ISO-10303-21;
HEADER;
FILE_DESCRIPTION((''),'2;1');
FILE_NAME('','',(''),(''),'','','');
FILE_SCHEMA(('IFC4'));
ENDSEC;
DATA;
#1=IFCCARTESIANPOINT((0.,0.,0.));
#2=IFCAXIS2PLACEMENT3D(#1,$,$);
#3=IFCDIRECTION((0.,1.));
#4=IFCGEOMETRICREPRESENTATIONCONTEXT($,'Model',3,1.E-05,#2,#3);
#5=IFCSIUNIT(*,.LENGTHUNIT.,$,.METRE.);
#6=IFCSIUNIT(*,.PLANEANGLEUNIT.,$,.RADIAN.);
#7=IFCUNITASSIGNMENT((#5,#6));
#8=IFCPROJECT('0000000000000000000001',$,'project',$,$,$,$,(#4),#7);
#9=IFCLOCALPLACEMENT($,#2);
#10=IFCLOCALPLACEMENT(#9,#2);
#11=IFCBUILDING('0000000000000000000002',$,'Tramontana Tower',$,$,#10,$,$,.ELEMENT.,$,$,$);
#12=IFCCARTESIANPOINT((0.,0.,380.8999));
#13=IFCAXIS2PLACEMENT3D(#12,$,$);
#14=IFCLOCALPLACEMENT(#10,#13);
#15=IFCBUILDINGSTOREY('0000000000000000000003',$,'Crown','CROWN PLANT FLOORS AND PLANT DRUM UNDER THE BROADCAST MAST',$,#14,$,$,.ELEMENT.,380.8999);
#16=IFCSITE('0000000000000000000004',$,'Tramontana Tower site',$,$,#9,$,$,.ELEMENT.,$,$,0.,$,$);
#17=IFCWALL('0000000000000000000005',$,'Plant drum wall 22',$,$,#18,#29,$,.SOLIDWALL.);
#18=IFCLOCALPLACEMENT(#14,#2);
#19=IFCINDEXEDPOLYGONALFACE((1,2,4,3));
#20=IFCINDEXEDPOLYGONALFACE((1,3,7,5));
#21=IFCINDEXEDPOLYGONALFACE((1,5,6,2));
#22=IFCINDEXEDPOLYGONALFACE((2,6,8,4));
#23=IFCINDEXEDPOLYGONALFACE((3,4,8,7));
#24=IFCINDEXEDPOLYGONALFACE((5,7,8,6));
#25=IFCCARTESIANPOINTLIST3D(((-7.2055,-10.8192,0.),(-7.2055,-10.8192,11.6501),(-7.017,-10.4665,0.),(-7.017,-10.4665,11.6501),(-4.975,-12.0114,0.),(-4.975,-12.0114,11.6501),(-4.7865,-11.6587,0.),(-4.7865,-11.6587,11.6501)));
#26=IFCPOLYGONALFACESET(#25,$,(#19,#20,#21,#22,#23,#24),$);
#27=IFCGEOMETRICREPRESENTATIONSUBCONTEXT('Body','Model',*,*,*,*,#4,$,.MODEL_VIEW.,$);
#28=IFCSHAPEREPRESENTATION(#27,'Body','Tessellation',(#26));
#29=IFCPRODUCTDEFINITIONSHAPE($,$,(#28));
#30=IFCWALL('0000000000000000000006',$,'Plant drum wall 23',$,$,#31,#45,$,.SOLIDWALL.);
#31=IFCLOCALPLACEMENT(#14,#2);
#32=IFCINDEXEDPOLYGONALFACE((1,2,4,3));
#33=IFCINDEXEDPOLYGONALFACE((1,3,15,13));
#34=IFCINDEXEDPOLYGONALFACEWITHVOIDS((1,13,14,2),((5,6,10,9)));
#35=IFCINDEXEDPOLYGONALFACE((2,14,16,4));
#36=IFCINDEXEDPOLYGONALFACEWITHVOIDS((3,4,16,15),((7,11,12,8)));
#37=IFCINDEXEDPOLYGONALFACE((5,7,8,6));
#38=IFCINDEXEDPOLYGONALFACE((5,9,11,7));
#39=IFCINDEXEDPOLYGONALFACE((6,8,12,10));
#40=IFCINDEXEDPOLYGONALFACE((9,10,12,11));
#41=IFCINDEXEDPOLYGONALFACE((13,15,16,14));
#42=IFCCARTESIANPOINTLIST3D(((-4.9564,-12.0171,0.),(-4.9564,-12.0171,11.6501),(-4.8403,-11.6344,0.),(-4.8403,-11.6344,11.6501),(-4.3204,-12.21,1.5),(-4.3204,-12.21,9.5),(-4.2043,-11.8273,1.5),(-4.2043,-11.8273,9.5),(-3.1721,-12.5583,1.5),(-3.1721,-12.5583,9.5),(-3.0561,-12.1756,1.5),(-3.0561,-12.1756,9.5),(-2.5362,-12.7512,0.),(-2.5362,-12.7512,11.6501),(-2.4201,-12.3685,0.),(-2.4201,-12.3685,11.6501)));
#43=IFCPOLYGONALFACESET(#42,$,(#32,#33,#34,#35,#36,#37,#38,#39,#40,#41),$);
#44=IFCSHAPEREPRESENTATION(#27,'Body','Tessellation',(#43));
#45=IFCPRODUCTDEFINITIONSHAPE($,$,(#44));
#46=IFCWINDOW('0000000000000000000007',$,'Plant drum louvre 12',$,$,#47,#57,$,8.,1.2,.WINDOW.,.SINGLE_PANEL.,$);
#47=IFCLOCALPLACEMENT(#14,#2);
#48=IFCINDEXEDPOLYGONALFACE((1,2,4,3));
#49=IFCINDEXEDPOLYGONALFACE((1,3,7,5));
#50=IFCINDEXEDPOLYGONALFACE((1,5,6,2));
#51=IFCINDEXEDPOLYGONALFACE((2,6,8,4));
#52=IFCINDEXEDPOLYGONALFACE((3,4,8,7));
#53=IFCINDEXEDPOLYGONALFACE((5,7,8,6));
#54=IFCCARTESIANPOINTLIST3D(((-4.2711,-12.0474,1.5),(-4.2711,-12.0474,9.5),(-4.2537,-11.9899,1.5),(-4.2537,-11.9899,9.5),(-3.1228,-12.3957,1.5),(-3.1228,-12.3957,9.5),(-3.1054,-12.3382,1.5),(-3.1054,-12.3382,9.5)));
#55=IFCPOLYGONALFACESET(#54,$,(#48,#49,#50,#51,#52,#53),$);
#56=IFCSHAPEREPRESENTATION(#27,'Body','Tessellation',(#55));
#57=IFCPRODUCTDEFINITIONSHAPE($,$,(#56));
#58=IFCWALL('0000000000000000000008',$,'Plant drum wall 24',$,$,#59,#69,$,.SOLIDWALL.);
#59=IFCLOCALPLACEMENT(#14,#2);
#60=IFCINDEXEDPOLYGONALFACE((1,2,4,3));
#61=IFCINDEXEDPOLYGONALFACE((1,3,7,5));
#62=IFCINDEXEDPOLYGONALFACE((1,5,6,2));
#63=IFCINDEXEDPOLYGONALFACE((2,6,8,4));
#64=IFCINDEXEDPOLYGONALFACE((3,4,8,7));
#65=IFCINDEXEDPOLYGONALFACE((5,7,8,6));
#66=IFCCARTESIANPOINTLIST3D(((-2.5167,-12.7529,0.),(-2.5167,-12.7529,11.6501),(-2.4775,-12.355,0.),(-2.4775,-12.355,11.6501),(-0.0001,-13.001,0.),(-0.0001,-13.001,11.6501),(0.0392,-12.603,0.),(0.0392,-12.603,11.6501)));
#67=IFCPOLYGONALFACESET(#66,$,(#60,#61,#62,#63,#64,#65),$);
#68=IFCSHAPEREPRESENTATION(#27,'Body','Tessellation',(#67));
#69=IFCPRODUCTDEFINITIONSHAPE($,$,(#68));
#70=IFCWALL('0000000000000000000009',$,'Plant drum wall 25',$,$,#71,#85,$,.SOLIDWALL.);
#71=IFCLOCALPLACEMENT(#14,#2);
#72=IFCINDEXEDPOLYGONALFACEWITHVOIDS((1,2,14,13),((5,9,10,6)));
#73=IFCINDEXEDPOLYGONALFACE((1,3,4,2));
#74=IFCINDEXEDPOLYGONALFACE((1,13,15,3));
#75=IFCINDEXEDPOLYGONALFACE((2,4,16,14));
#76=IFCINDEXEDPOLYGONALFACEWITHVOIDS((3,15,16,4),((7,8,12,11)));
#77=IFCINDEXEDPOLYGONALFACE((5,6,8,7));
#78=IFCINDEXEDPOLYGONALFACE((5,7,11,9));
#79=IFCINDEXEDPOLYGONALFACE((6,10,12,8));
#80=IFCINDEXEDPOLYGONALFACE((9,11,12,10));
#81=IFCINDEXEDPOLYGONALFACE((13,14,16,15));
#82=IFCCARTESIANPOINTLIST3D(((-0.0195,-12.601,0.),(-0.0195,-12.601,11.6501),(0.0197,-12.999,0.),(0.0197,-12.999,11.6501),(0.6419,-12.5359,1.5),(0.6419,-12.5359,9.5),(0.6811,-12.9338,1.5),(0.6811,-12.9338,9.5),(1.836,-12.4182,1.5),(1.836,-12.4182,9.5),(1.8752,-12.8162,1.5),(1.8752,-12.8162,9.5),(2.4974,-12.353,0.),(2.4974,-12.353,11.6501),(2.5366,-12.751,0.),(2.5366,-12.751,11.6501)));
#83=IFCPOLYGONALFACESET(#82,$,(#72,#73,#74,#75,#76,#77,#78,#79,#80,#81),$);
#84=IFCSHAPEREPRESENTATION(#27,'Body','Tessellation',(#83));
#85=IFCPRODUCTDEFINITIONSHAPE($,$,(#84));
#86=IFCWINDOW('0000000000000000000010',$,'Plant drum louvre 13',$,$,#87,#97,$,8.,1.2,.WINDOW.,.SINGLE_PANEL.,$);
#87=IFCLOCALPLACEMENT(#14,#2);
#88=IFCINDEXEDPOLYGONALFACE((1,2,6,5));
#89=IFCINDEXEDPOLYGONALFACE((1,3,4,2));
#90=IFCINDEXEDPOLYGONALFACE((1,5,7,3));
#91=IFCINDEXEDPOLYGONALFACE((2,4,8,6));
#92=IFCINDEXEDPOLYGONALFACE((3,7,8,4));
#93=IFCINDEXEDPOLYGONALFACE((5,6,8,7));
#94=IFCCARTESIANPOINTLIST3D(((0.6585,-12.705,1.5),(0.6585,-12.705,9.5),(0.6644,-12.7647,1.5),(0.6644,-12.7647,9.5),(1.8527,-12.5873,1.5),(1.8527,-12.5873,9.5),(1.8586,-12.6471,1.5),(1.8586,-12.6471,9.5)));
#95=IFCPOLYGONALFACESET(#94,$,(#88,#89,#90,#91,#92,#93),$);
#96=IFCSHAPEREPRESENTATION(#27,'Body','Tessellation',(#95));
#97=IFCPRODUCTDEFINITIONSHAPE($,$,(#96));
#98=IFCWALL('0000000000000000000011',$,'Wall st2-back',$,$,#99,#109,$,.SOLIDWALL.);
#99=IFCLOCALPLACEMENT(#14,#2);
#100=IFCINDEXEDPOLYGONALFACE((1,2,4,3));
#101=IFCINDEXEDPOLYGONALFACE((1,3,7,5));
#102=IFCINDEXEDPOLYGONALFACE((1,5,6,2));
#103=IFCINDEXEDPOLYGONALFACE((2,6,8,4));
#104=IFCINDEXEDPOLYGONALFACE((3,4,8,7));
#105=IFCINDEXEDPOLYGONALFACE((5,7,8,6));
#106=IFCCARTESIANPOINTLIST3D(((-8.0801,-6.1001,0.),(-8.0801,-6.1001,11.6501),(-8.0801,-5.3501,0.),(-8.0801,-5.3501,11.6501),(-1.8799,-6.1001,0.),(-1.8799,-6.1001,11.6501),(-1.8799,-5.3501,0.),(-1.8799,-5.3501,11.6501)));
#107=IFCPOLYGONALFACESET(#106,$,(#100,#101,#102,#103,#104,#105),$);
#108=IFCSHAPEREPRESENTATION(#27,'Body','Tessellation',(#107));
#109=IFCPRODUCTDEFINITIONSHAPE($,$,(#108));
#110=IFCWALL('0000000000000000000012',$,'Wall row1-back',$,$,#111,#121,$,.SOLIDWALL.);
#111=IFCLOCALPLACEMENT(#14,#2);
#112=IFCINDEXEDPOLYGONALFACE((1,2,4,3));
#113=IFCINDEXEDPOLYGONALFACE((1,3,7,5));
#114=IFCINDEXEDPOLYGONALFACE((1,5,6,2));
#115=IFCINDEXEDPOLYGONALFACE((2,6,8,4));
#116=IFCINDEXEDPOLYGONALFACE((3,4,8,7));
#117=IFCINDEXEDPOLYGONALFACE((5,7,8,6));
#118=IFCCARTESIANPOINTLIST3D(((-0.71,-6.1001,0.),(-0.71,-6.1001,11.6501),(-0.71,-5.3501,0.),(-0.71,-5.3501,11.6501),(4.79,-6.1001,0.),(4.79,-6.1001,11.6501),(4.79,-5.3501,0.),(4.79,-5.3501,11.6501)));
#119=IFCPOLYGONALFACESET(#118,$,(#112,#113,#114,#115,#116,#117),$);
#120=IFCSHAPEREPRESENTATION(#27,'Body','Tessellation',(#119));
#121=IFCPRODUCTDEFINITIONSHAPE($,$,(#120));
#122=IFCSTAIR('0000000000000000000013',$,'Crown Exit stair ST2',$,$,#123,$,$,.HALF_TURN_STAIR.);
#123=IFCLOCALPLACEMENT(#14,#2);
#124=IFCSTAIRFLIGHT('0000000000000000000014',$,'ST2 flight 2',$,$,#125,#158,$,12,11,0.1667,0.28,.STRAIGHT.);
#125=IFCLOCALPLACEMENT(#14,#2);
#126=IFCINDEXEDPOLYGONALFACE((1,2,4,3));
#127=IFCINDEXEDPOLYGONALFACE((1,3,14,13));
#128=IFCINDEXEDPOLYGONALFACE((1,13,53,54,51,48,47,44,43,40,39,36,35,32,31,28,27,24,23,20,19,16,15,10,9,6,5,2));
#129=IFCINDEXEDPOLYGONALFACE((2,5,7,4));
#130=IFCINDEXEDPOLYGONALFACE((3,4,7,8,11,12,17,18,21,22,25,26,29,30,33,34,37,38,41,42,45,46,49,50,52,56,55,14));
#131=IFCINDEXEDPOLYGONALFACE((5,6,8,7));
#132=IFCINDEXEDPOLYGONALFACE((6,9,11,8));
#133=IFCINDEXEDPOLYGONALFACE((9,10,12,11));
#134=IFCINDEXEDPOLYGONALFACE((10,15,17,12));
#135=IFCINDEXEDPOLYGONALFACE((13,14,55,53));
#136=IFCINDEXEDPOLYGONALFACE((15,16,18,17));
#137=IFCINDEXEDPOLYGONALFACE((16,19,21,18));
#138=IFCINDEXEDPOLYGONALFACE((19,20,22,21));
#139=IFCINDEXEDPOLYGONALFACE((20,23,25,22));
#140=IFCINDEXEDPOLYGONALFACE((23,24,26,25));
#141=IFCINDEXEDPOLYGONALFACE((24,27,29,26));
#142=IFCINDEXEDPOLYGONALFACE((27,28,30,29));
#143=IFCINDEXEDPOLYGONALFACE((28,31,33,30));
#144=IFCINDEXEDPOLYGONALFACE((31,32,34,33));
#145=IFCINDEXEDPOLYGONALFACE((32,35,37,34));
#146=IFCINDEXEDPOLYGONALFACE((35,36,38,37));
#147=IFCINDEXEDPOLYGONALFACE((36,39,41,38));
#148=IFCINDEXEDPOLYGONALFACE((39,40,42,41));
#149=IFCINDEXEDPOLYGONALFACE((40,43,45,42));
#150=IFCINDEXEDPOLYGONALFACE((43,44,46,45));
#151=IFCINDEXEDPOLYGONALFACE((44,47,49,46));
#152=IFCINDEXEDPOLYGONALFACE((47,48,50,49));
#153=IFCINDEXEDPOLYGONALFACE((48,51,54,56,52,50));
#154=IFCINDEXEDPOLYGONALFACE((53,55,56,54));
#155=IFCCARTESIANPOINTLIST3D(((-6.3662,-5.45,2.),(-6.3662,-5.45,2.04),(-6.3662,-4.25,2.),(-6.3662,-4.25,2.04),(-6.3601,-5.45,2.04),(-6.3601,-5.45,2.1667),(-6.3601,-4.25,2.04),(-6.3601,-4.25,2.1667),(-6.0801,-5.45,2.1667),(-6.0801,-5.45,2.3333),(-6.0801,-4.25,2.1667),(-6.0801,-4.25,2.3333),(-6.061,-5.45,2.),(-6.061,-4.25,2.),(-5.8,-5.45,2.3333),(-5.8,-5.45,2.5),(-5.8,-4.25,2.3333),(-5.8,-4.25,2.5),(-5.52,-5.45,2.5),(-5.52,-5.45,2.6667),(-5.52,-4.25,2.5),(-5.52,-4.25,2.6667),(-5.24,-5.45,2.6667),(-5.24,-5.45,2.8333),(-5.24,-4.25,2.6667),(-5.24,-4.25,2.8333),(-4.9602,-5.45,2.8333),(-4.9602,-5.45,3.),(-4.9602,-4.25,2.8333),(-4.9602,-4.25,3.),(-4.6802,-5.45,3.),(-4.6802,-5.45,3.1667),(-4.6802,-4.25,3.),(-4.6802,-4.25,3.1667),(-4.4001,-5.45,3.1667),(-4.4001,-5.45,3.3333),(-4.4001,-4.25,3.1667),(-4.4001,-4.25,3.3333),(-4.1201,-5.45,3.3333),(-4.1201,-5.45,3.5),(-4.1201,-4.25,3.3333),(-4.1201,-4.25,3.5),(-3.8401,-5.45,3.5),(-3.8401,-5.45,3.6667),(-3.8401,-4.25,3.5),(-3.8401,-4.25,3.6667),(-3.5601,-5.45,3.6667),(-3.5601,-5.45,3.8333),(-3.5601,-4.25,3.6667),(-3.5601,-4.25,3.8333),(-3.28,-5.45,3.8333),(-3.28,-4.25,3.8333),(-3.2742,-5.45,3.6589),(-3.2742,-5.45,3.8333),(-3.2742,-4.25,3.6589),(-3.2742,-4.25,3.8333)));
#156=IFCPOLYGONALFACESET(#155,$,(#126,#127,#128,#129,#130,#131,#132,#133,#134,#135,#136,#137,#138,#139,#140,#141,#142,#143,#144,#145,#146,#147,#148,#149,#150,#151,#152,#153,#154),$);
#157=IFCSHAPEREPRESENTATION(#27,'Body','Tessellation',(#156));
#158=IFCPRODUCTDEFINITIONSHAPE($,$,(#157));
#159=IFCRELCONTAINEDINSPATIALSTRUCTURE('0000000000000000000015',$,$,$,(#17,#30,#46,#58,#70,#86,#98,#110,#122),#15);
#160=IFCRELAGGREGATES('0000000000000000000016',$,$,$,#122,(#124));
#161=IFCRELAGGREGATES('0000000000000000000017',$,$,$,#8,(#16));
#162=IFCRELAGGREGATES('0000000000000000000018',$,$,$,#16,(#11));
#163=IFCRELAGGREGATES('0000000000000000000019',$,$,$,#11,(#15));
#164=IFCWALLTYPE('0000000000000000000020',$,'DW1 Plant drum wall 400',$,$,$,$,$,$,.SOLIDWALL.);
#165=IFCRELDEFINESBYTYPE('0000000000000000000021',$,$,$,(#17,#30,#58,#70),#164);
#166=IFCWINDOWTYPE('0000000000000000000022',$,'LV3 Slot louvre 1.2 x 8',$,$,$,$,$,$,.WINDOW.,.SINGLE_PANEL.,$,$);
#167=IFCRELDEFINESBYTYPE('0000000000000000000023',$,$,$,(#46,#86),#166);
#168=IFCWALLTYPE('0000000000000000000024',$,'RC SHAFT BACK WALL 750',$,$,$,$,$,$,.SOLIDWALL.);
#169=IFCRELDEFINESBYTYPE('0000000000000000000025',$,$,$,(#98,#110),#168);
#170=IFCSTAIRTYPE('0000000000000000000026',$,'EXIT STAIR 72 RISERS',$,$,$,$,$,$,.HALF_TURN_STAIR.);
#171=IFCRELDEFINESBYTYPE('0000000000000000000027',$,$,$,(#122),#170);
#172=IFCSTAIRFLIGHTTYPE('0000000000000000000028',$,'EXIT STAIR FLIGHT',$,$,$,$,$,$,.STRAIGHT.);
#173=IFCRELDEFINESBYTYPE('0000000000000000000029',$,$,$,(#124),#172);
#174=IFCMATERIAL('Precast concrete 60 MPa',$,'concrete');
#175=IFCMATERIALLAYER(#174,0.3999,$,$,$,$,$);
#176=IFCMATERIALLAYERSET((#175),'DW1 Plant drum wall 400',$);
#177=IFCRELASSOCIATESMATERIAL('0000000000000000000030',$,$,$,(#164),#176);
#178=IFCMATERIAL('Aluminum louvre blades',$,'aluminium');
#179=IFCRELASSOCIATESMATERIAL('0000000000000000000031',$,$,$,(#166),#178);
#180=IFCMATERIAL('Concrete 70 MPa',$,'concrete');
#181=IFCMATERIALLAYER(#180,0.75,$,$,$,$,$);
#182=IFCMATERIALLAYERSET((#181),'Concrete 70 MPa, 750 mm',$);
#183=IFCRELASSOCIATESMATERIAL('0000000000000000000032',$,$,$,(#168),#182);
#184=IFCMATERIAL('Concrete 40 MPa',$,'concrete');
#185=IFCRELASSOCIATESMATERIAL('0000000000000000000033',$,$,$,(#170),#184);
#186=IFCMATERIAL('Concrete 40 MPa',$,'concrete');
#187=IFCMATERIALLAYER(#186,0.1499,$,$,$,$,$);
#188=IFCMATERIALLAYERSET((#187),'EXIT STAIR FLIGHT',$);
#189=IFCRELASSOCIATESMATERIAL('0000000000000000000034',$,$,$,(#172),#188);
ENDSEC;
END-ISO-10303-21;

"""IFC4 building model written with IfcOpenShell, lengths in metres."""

from ifc_helpers import new_model, si_unit, direction, frame, frame_2d, origin, place, context, subcontext, project, spatial, polyline, rectangle, outline, extrude, material, layer, layer_set, type_object, element, fill, aggregate, save


model = new_model("IFC4")

# Units and contexts
model_context = context("Model", 3, precision=1e-05, world=origin(), true_north=direction((0.0, 1.0)))
body_context = subcontext(model_context, "Body", "Model", "MODEL_VIEW")
ifc_project = project(units=[si_unit("LENGTHUNIT", "METRE"), si_unit("PLANEANGLEUNIT", "RADIAN")], contexts=[model_context])

# Site, building, storey
site_placement = place(None, origin())
site = spatial("IfcSite", under=ifc_project, at=site_placement, Name="Tramontana Tower site", CompositionType="ELEMENT", RefElevation=0.0)
building_placement = place(site_placement, origin())
building = spatial("IfcBuilding", under=site, at=building_placement, Name="Tramontana Tower", CompositionType="ELEMENT")
storey_placement = place(building_placement, frame((0.0, 0.0, 380.8999)))
storey = spatial("IfcBuildingStorey", under=building, at=storey_placement, Name="Crown", Description="CROWN PLANT FLOORS AND PLANT DRUM UNDER THE BROADCAST MAST", CompositionType="ELEMENT", Elevation=380.8999)

# Shared definitions
ifc_material_1 = material(Name="Precast concrete 60 MPa", Category="concrete")
ifc_layer_1 = layer(ifc_material_1, 0.3999)
ifc_layer_set_1 = layer_set([ifc_layer_1], Name="DW1 Plant drum wall 400")
wall_type_1 = type_object("IfcWallType", Name="DW1 Plant drum wall 400", PredefinedType="SOLIDWALL", material=ifc_layer_set_1)
ifc_material_2 = material(Name="Aluminum louvre blades", Category="aluminium")
window_type_1 = type_object("IfcWindowType", Name="LV3 Slot louvre 1.2 x 8", PartitioningType="SINGLE_PANEL", PredefinedType="WINDOW", material=ifc_material_2)

# Wall
wall_1_placement = place(storey_placement, frame((-7.1113, -10.6428, 0.0), z_axis=(0.0, 0.0, 1.0), x_axis=(0.881933, -0.471375, 0.0)))
element("IfcWall", 1, at=wall_1_placement, inside=storey, type_object=wall_type_1, Name="Plant drum wall 22", PredefinedType="SOLIDWALL", context=body_context, shape_type="SweptSolid", body=[
    extrude(rectangle(XDim=2.5291, YDim=0.3999, at=frame_2d((1.2646, 0.0))), origin(), (0.0, 0.0, 1.0), 11.6501),
])

# Wall, opening, window
wall_2_placement = place(storey_placement, frame((-4.8984, -11.8257, 0.0), z_axis=(0.0, 0.0, 1.0), x_axis=(0.956942, -0.290278, 0.0)))
wall_2 = element("IfcWall", 2, at=wall_2_placement, inside=storey, type_object=wall_type_1, Name="Plant drum wall 23", PredefinedType="SOLIDWALL", context=body_context, shape_type="SweptSolid", body=[
    extrude(rectangle(XDim=2.5291, YDim=0.3999, at=frame_2d((1.2646, 0.0))), origin(), (0.0, 0.0, 1.0), 11.6501),
])
opening_1_placement = place(wall_2_placement, frame((0.6646, 0.0, 1.5)))
opening_1 = element("IfcOpeningElement", 3, at=opening_1_placement, cuts=wall_2, PredefinedType="OPENING", context=body_context, shape_type="SweptSolid", body=[
    extrude(rectangle(XDim=1.2, YDim=8.0, at=frame_2d((0.6001, 4.0))), frame((0.0, 0.21, 0.0), z_axis=(0.0, -1.0, 0.0), x_axis=(1.0, 0.0, 0.0)), (0.0, 0.0, 1.0), 0.4199),
])
window_1_placement = place(opening_1_placement, origin())
window_1 = element("IfcWindow", 4, at=window_1_placement, inside=storey, type_object=window_type_1, Name="Plant drum louvre 12", OverallHeight=8.0, OverallWidth=1.2, PartitioningType="SINGLE_PANEL", PredefinedType="WINDOW", context=body_context, shape_type="SweptSolid", body=[
    extrude(rectangle(XDim=1.2, YDim=8.0, at=frame_2d((0.6001, 4.0))), frame((0.0, 0.03, 0.0), z_axis=(0.0, -1.0, 0.0), x_axis=(1.0, 0.0, 0.0)), (0.0, 0.0, 1.0), 0.0601),
])
fill(opening_1, window_1)

# Wall
wall_3_placement = place(storey_placement, frame((-2.4971, -12.554, 0.0), z_axis=(0.0, 0.0, 1.0), x_axis=(0.995178, -0.098089, 0.0)))
element("IfcWall", 5, at=wall_3_placement, inside=storey, type_object=wall_type_1, Name="Plant drum wall 24", PredefinedType="SOLIDWALL", context=body_context, shape_type="SweptSolid", body=[
    extrude(rectangle(XDim=2.5288, YDim=0.3999, at=frame_2d((1.2644, 0.0))), origin(), (0.0, 0.0, 1.0), 11.6501),
])

# Wall, opening, window
wall_4_placement = place(storey_placement, frame((0.0, -12.8, 0.0), z_axis=(0.0, 0.0, 1.0), x_axis=(0.995179, 0.098079, 0.0)))
wall_4 = element("IfcWall", 6, at=wall_4_placement, inside=storey, type_object=wall_type_1, Name="Plant drum wall 25", PredefinedType="SOLIDWALL", context=body_context, shape_type="SweptSolid", body=[
    extrude(rectangle(XDim=2.5291, YDim=0.3999, at=frame_2d((1.2646, 0.0))), origin(), (0.0, 0.0, 1.0), 11.6501),
])
opening_2_placement = place(wall_4_placement, frame((0.6646, 0.0, 1.5)))
opening_2 = element("IfcOpeningElement", 7, at=opening_2_placement, cuts=wall_4, PredefinedType="OPENING", context=body_context, shape_type="SweptSolid", body=[
    extrude(rectangle(XDim=1.2, YDim=8.0, at=frame_2d((0.6001, 4.0))), frame((0.0, 0.21, 0.0), z_axis=(0.0, -1.0, 0.0), x_axis=(1.0, 0.0, 0.0)), (0.0, 0.0, 1.0), 0.4199),
])
window_2_placement = place(opening_2_placement, origin())
window_2 = element("IfcWindow", 8, at=window_2_placement, inside=storey, type_object=window_type_1, Name="Plant drum louvre 13", OverallHeight=8.0, OverallWidth=1.2, PartitioningType="SINGLE_PANEL", PredefinedType="WINDOW", context=body_context, shape_type="SweptSolid", body=[
    extrude(rectangle(XDim=1.2, YDim=8.0, at=frame_2d((0.6001, 4.0))), frame((0.0, 0.03, 0.0), z_axis=(0.0, -1.0, 0.0), x_axis=(1.0, 0.0, 0.0)), (0.0, 0.0, 1.0), 0.0601),
])
fill(opening_2, window_2)

# Walls
ifc_material_3 = material(Name="Concrete 70 MPa", Category="concrete")
ifc_layer_2 = layer(ifc_material_3, 0.75)
ifc_layer_set_2 = layer_set([ifc_layer_2], Name="Concrete 70 MPa, 750 mm")
wall_type_2 = type_object("IfcWallType", Name="RC SHAFT BACK WALL 750", PredefinedType="SOLIDWALL", material=ifc_layer_set_2)
wall_5_placement = place(storey_placement, frame((-8.0801, -5.7251, 0.0), z_axis=(0.0, 0.0, 1.0), x_axis=(1.0, 0.0, 0.0)))
element("IfcWall", 9, at=wall_5_placement, inside=storey, type_object=wall_type_2, Name="Wall st2-back", PredefinedType="SOLIDWALL", context=body_context, shape_type="SweptSolid", body=[
    extrude(rectangle(XDim=6.2002, YDim=0.75, at=frame_2d((3.1001, 0.0))), origin(), (0.0, 0.0, 1.0), 11.6501),
])
wall_6_placement = place(storey_placement, frame((-0.71, -5.7251, 0.0), z_axis=(0.0, 0.0, 1.0), x_axis=(1.0, 0.0, 0.0)))
element("IfcWall", 10, at=wall_6_placement, inside=storey, type_object=wall_type_2, Name="Wall row1-back", PredefinedType="SOLIDWALL", context=body_context, shape_type="SweptSolid", body=[
    extrude(rectangle(XDim=5.5, YDim=0.75, at=frame_2d((2.75, 0.0))), origin(), (0.0, 0.0, 1.0), 11.6501),
])

# Stair, stair flight
ifc_material_4 = material(Name="Concrete 40 MPa", Category="concrete")
stair_type = type_object("IfcStairType", Name="EXIT STAIR 72 RISERS", PredefinedType="HALF_TURN_STAIR", material=ifc_material_4)
stair_placement = place(storey_placement, origin())
stair = element("IfcStair", 11, at=stair_placement, inside=storey, type_object=stair_type, Name="Crown Exit stair ST2", PredefinedType="HALF_TURN_STAIR")
ifc_material_5 = material(Name="Concrete 40 MPa", Category="concrete")
ifc_layer_3 = layer(ifc_material_5, 0.1499)
ifc_layer_set_3 = layer_set([ifc_layer_3], Name="EXIT STAIR FLIGHT")
stair_flight_type = type_object("IfcStairFlightType", Name="EXIT STAIR FLIGHT", PredefinedType="STRAIGHT", material=ifc_layer_set_3)
stair_flight_1_placement = place(storey_placement, frame((-6.3601, -4.8501, 2.0), z_axis=(0.0, 0.0, 1.0), x_axis=(1.0, 0.0, 0.0)))
stair_flight_1 = element("IfcStairFlight", 12, at=stair_flight_1_placement, type_object=stair_flight_type, Name="ST2 flight 2", NumberOfRisers=12, NumberOfTreads=11, PredefinedType="STRAIGHT", RiserHeight=0.1667, TreadLength=0.28, context=body_context, shape_type="SweptSolid", body=[
    extrude(outline(polyline([(-0.0061, 0.0), (-0.0061, 0.04), (0.0, 0.04), (0.0, 0.1667), (0.28, 0.1667), (0.28, 0.3333), (0.5601, 0.3333), (0.5601, 0.5), (0.8401, 0.5), (0.8401, 0.6667), (1.1201, 0.6667), (1.1201, 0.8333), (1.3999, 0.8333), (1.3999, 1.0), (1.6799, 1.0), (1.6799, 1.1667), (1.96, 1.1667), (1.96, 1.3333), (2.24, 1.3333), (2.24, 1.5), (2.52, 1.5), (2.52, 1.6667), (2.8, 1.6667), (2.8, 1.8333), (3.0801, 1.8333), (3.0859, 1.8333), (3.0859, 1.6589), (0.2991, 0.0), (-0.0061, 0.0)])), frame((0.0, 0.6001, 0.0), z_axis=(0.0, -1.0, 0.0), x_axis=(1.0, 0.0, 0.0)), (0.0, 0.0, 1.0), 1.2),
])
aggregate(stair, [stair_flight_1])

save(model, "model.ifc")
